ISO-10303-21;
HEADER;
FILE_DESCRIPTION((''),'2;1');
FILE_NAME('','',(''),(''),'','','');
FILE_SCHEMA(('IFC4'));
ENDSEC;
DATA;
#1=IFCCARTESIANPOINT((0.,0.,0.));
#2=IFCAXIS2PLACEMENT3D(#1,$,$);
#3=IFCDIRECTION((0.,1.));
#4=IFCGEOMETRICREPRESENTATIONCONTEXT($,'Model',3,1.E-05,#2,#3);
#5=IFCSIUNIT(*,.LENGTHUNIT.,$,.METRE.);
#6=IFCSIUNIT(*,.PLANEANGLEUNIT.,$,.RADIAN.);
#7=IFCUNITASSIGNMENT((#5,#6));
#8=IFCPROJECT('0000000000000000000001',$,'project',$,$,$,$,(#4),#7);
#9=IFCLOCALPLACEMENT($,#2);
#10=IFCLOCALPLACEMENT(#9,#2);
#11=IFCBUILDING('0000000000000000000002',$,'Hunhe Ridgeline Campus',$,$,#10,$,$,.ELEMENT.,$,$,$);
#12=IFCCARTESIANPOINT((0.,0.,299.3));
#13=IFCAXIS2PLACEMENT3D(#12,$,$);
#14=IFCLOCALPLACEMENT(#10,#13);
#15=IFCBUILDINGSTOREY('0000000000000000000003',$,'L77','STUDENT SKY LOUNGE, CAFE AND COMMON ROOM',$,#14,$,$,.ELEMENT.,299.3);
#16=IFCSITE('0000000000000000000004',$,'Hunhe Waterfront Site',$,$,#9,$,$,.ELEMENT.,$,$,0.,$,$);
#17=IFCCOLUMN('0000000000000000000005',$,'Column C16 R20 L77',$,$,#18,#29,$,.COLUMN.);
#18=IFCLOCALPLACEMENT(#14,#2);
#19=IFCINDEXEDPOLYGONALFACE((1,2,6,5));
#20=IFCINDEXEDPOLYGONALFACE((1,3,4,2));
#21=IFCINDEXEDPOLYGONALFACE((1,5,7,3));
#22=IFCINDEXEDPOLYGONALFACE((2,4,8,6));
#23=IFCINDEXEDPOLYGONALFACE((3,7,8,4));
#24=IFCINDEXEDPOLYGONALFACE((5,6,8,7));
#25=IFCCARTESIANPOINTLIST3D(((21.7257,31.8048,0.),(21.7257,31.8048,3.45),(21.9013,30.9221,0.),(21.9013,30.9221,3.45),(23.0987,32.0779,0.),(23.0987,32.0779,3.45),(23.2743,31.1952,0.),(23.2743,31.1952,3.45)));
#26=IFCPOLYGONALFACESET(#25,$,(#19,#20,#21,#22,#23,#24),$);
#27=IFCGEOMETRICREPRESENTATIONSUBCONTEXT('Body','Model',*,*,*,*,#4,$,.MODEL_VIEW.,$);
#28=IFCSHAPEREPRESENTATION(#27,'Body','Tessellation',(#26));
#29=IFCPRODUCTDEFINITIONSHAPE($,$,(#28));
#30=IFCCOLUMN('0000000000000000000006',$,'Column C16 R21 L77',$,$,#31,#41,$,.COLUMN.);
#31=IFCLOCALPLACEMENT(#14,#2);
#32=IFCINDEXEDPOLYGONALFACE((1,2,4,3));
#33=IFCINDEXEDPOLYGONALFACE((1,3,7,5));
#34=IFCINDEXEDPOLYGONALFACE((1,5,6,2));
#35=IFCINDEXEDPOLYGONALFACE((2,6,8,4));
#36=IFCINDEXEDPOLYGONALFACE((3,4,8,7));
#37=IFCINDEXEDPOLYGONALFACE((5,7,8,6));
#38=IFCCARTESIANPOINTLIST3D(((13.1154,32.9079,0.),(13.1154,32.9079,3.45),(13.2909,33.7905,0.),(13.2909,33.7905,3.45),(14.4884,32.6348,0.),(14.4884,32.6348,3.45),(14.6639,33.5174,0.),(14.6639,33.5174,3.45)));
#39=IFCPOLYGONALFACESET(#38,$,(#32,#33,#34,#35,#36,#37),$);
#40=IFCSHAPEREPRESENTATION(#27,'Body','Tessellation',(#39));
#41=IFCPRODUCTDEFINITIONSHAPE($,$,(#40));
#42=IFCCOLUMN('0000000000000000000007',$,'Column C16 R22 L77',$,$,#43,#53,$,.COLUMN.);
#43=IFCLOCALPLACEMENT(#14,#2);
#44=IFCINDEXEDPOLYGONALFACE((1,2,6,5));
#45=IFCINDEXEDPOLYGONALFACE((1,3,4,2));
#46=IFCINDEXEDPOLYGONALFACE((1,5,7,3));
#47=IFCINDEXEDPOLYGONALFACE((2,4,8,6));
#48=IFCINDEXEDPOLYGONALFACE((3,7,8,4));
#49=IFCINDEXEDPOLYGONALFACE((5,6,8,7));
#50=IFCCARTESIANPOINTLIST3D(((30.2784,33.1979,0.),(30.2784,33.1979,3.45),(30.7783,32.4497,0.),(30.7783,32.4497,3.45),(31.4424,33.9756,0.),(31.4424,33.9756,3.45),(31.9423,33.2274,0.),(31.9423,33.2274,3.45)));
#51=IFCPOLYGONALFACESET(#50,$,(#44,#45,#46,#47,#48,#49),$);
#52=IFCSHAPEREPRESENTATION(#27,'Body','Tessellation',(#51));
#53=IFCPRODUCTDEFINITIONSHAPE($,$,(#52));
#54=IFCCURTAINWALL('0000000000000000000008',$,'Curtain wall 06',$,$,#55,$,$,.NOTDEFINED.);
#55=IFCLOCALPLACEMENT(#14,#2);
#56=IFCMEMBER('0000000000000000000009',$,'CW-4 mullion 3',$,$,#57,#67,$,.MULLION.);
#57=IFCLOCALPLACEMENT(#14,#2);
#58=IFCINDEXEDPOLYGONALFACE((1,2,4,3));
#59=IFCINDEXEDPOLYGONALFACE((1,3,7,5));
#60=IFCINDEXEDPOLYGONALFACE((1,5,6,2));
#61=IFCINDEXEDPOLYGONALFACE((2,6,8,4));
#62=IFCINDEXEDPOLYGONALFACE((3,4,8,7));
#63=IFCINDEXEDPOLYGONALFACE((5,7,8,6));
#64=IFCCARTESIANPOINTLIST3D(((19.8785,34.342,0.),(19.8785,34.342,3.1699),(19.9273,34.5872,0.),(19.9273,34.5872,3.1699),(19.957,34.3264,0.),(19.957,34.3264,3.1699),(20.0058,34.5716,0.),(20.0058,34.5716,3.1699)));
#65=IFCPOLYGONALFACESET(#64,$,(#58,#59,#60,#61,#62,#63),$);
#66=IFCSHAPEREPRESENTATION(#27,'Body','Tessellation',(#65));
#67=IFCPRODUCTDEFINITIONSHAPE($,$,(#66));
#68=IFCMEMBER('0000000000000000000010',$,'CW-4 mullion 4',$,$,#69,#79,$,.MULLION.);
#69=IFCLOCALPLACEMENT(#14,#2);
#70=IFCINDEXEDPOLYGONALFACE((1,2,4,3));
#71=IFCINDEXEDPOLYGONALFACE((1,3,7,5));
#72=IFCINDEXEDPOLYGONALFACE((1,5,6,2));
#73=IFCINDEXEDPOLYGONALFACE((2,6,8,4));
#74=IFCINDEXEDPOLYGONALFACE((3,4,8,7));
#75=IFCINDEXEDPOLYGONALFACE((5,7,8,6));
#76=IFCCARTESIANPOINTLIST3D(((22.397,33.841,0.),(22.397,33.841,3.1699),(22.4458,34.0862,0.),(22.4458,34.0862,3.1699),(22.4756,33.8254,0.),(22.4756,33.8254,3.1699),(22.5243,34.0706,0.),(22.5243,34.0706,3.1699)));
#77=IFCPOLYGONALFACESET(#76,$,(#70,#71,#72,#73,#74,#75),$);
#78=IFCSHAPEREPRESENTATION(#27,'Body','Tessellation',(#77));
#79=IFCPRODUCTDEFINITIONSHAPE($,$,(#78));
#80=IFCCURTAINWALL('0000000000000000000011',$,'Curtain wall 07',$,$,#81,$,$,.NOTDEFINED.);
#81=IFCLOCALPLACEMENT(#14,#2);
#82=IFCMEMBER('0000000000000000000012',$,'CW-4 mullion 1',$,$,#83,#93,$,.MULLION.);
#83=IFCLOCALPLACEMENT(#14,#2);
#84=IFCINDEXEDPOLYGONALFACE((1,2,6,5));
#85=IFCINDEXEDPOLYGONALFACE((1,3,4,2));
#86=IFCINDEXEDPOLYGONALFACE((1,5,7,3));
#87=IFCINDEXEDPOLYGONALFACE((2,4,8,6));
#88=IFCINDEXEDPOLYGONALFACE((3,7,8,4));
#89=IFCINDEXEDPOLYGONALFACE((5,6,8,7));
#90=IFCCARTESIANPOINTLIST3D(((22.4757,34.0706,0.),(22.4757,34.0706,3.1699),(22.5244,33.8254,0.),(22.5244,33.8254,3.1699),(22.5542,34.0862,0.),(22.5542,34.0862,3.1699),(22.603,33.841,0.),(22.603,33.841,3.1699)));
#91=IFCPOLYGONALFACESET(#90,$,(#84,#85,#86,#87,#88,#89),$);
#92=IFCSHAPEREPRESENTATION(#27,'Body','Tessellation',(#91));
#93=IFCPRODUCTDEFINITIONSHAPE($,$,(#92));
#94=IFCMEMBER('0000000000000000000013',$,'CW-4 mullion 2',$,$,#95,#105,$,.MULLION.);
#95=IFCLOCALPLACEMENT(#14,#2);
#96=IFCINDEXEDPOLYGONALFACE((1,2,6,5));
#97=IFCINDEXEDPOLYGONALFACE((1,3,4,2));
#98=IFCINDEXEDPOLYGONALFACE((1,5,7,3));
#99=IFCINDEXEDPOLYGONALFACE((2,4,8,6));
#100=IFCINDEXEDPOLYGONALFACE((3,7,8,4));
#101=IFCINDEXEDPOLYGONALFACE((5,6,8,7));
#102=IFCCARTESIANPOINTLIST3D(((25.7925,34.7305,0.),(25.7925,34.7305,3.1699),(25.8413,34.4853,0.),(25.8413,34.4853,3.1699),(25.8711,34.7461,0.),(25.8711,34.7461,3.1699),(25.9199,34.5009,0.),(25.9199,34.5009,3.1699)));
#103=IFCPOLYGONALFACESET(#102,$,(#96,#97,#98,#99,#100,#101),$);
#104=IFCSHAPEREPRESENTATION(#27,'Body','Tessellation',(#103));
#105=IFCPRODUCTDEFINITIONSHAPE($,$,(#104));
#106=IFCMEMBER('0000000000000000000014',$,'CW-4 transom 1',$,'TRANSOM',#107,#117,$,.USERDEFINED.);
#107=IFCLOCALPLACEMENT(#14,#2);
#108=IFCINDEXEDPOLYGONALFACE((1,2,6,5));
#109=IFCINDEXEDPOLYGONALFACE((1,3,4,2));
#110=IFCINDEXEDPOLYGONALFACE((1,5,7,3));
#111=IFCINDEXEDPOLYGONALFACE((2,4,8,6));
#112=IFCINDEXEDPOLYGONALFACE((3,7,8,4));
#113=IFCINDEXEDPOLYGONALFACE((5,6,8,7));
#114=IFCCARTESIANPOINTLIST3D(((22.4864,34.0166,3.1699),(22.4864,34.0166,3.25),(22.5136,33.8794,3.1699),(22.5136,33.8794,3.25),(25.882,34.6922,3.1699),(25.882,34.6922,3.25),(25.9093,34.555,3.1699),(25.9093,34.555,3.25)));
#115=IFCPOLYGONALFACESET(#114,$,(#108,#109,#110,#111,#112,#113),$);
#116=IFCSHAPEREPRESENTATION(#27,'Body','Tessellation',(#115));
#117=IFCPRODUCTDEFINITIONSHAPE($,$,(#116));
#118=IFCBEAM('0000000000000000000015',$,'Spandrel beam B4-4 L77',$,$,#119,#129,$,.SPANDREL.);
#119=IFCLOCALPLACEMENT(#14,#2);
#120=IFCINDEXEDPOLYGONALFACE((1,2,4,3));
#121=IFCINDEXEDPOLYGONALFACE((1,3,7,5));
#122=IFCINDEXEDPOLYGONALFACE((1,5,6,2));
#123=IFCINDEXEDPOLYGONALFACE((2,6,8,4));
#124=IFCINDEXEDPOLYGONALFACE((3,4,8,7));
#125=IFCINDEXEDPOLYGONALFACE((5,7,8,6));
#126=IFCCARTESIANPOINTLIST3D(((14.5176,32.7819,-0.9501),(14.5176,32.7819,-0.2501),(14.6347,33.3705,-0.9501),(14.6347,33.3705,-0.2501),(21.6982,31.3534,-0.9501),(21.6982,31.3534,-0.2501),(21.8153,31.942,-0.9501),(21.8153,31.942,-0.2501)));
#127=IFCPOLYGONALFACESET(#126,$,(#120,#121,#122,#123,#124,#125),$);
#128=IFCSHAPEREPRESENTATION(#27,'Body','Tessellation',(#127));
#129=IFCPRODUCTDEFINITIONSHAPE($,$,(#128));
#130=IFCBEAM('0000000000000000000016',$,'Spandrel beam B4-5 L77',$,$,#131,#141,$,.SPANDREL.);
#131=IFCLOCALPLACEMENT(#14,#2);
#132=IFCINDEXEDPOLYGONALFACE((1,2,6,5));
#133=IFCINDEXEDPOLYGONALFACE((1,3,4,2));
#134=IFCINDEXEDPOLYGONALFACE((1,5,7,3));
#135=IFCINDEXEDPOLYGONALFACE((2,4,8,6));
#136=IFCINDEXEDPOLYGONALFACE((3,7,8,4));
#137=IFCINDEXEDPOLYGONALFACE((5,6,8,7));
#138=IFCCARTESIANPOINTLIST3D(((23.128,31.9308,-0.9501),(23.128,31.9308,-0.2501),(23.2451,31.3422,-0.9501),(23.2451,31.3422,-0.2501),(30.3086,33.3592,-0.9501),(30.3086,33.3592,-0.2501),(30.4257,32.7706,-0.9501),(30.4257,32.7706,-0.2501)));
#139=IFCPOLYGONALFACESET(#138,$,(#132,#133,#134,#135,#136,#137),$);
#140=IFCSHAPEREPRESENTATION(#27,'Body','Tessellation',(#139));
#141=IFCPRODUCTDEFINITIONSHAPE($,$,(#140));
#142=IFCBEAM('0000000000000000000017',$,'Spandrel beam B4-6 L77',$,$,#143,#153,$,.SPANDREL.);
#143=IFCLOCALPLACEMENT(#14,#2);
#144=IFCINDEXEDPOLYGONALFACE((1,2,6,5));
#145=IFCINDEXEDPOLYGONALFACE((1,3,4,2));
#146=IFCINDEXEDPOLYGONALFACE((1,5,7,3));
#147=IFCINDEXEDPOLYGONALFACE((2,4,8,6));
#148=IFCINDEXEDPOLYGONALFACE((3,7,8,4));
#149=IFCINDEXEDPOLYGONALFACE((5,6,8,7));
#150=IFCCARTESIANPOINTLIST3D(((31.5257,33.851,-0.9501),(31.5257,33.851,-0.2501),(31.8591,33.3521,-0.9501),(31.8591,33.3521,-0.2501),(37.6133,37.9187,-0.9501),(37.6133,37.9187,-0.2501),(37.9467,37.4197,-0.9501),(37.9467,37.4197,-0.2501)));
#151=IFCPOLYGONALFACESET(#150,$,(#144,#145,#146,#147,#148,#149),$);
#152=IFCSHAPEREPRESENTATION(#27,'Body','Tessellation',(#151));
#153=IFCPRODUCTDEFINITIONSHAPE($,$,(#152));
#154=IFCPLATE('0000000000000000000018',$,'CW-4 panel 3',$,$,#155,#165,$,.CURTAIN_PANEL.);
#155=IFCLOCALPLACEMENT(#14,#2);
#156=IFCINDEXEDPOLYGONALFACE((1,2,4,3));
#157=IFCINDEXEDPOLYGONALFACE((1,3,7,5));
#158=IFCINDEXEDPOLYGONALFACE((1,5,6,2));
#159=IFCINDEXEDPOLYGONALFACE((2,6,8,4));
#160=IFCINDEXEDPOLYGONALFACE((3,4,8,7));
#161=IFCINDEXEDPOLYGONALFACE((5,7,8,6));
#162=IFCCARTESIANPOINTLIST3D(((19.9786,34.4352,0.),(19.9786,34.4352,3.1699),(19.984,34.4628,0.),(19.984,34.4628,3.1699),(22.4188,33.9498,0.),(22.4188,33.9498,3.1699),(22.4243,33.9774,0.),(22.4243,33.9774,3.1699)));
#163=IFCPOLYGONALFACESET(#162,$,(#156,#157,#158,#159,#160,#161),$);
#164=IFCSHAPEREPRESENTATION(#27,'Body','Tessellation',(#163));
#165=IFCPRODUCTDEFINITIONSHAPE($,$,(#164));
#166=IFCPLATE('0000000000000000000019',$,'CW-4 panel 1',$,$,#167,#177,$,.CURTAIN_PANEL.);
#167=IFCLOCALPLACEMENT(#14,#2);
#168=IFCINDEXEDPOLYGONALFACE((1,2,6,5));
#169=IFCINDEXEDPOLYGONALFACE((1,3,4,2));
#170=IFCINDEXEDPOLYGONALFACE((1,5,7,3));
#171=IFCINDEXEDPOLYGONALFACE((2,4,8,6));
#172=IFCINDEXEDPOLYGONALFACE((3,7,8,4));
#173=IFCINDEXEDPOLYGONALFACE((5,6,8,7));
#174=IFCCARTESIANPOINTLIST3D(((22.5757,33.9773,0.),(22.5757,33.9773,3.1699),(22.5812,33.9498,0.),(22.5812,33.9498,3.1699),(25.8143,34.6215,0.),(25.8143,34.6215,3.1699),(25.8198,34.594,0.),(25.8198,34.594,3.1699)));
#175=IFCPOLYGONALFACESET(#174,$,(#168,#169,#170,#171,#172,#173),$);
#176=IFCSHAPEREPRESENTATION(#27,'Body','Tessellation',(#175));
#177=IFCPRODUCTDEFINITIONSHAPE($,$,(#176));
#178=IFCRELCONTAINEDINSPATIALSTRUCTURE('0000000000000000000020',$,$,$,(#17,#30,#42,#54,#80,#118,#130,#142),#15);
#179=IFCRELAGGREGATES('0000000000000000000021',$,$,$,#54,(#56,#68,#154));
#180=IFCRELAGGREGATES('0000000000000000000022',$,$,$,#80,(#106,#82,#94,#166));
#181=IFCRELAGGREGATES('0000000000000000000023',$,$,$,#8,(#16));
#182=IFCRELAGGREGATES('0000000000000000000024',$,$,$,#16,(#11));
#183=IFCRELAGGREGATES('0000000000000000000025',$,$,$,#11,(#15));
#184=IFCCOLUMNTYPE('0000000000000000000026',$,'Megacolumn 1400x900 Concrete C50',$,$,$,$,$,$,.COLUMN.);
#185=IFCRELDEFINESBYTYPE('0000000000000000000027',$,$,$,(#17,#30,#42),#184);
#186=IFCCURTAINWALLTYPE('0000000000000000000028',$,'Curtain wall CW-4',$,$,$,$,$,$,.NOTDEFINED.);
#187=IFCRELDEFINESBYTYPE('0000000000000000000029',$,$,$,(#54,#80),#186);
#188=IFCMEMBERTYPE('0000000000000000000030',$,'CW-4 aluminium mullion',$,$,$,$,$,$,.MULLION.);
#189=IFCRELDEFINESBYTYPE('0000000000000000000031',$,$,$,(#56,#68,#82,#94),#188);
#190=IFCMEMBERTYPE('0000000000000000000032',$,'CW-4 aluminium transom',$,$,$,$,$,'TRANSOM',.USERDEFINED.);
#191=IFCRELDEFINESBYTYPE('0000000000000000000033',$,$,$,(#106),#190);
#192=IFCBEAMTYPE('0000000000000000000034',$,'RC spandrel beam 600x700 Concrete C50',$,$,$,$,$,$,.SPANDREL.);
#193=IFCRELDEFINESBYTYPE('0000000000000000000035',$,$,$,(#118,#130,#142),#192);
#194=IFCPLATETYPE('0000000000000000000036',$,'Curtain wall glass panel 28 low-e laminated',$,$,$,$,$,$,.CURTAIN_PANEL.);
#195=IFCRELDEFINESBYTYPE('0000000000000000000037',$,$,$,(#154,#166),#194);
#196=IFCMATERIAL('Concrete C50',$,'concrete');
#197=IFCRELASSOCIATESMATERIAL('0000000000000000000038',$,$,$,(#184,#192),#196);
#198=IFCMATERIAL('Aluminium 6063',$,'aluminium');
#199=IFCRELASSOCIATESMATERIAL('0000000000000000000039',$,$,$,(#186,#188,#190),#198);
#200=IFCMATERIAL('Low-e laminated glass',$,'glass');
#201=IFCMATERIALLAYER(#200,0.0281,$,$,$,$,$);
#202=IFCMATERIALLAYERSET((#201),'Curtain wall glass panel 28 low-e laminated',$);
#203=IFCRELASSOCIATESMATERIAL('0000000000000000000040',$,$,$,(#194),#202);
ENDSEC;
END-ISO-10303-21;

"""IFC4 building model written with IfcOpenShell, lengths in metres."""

from ifc_helpers import new_model, si_unit, direction, frame, origin, origin_2d, place, context, subcontext, project, spatial, rectangle, extrude, material, layer, layer_set, material_profile, profile_set, type_object, element, aggregate, save


model = new_model("IFC4")

# Units and contexts
model_context = context("Model", 3, precision=1e-05, world=origin(), true_north=direction((0.0, 1.0)))
body_context = subcontext(model_context, "Body", "Model", "MODEL_VIEW")
ifc_project = project(units=[si_unit("LENGTHUNIT", "METRE"), si_unit("PLANEANGLEUNIT", "RADIAN")], contexts=[model_context])

# Site, building, storey
site_placement = place(None, origin())
site = spatial("IfcSite", under=ifc_project, at=site_placement, Name="Hunhe Waterfront Site", CompositionType="ELEMENT", RefElevation=0.0)
building_placement = place(site_placement, origin())
building = spatial("IfcBuilding", under=site, at=building_placement, Name="Hunhe Ridgeline Campus", CompositionType="ELEMENT")
storey_placement = place(building_placement, frame((0.0, 0.0, 299.3)))
storey = spatial("IfcBuildingStorey", under=building, at=storey_placement, Name="L77", Description="STUDENT SKY LOUNGE, CAFE AND COMMON ROOM", CompositionType="ELEMENT", Elevation=299.3)

# Columns
ifc_material_1 = material(Name="Concrete C50", Category="concrete")
ifc_material_profile_1 = material_profile(ifc_material_1, rectangle(XDim=1.3999, YDim=0.8999, at=origin_2d()))
ifc_profile_set_1 = profile_set([ifc_material_profile_1], Name="Concrete C50")
column_type = type_object("IfcColumnType", Name="Megacolumn 1400x900 Concrete C50", PredefinedType="COLUMN", material=ifc_profile_set_1)
for number, where, z_axis, x_axis, name in (
    (1, (22.5, 31.5, 0.0), (0.0, 0.0, 1.0), (0.980785, 0.19509, 0.0), "Column C16 R20 L77"),
    (2, (13.8896, 33.2126, 0.0), (0.0, 0.0, 1.0), (-0.980785, 0.19509, 0.0), "Column C16 R21 L77"),
    (3, (31.1104, 33.2126, 0.0), (0.0, 0.0, 1.0), (0.83147, 0.55557, 0.0), "Column C16 R22 L77"),
):
    element("IfcColumn", number, at=place(storey_placement, frame(where, z_axis=z_axis, x_axis=x_axis)), inside=storey, type_object=column_type, Name=name, PredefinedType="COLUMN", context=body_context, shape_type="SweptSolid", body=[
        extrude(rectangle(XDim=1.3999, YDim=0.8999, at=origin_2d()), origin(), (0.0, 0.0, 1.0), 3.45),
    ])

# Curtain walls, members
ifc_material_2 = material(Name="Aluminium 6063", Category="aluminium")
curtain_wall_type = type_object("IfcCurtainWallType", Name="Curtain wall CW-4", PredefinedType="NOTDEFINED", material=ifc_material_2)
curtain_wall_1_placement = place(storey_placement, origin())
curtain_wall_1 = element("IfcCurtainWall", 4, at=curtain_wall_1_placement, inside=storey, type_object=curtain_wall_type, Name="Curtain wall 06", PredefinedType="NOTDEFINED")
ifc_material_profile_2 = material_profile(ifc_material_2, rectangle(XDim=0.25, YDim=0.0801, at=origin_2d()))
ifc_profile_set_2 = profile_set([ifc_material_profile_2], Name="Aluminium 6063")
member_type_1 = type_object("IfcMemberType", Name="CW-4 aluminium mullion", PredefinedType="MULLION", material=ifc_profile_set_2)
member_1_placement = place(storey_placement, frame((19.9421, 34.4568, 0.0), z_axis=(0.0, 0.0, 1.0), x_axis=(0.19509, 0.980785, 0.0)))
member_1 = element("IfcMember", 5, at=member_1_placement, type_object=member_type_1, Name="CW-4 mullion 3", PredefinedType="MULLION", context=body_context, shape_type="SweptSolid", body=[
    extrude(rectangle(XDim=0.25, YDim=0.0801, at=origin_2d()), origin(), (0.0, 0.0, 1.0), 3.1699),
])
member_2_placement = place(storey_placement, frame((22.4607, 33.9558, 0.0), z_axis=(0.0, 0.0, 1.0), x_axis=(0.19509, 0.980785, 0.0)))
member_2 = element("IfcMember", 6, at=member_2_placement, type_object=member_type_1, Name="CW-4 mullion 4", PredefinedType="MULLION", context=body_context, shape_type="SweptSolid", body=[
    extrude(rectangle(XDim=0.25, YDim=0.0801, at=origin_2d()), origin(), (0.0, 0.0, 1.0), 3.1699),
])
curtain_wall_2_placement = place(storey_placement, origin())
curtain_wall_2 = element("IfcCurtainWall", 7, at=curtain_wall_2_placement, inside=storey, type_object=curtain_wall_type, Name="Curtain wall 07", PredefinedType="NOTDEFINED")
member_3_placement = place(storey_placement, frame((22.5393, 33.9558, 0.0), z_axis=(0.0, 0.0, 1.0), x_axis=(-0.19509, 0.980785, 0.0)))
member_3 = element("IfcMember", 8, at=member_3_placement, type_object=member_type_1, Name="CW-4 mullion 1", PredefinedType="MULLION", context=body_context, shape_type="SweptSolid", body=[
    extrude(rectangle(XDim=0.25, YDim=0.0801, at=origin_2d()), origin(), (0.0, 0.0, 1.0), 3.1699),
])
member_4_placement = place(storey_placement, frame((25.8562, 34.6157, 0.0), z_axis=(0.0, 0.0, 1.0), x_axis=(-0.19509, 0.980785, 0.0)))
member_4 = element("IfcMember", 9, at=member_4_placement, type_object=member_type_1, Name="CW-4 mullion 2", PredefinedType="MULLION", context=body_context, shape_type="SweptSolid", body=[
    extrude(rectangle(XDim=0.25, YDim=0.0801, at=origin_2d()), origin(), (0.0, 0.0, 1.0), 3.1699),
])
ifc_material_profile_3 = material_profile(ifc_material_2, rectangle(XDim=0.1399, YDim=0.0801, at=origin_2d()))
ifc_profile_set_3 = profile_set([ifc_material_profile_3], Name="Aluminium 6063")
member_type_2 = type_object("IfcMemberType", Name="CW-4 aluminium transom", ElementType="TRANSOM", PredefinedType="USERDEFINED", material=ifc_profile_set_3)
member_5_placement = place(storey_placement, frame((22.5, 33.948, 3.21), z_axis=(0.980778, 0.195126, 0.0), x_axis=(-0.195126, 0.980778, 0.0)))
member_5 = element("IfcMember", 10, at=member_5_placement, type_object=member_type_2, Name="CW-4 transom 1", ObjectType="TRANSOM", PredefinedType="USERDEFINED", context=body_context, shape_type="SweptSolid", body=[
    extrude(rectangle(XDim=0.1399, YDim=0.0801, at=origin_2d()), origin(), (0.0, 0.0, 1.0), 3.4622),
])

# Beams
ifc_material_profile_4 = material_profile(ifc_material_1, rectangle(XDim=0.6001, YDim=0.7, at=origin_2d()))
ifc_profile_set_4 = profile_set([ifc_material_profile_4], Name="Concrete C50")
beam_type = type_object("IfcBeamType", Name="RC spandrel beam 600x700 Concrete C50", PredefinedType="SPANDREL", material=ifc_profile_set_4)
for number, where, z_axis, x_axis, name in (
    (11, (14.5762, 33.0762, -0.6001), (0.980782, -0.195109, 0.0), (0.195109, 0.980782, 0.0), "Spandrel beam B4-4 L77"),
    (12, (23.1865, 31.6365, -0.6001), (0.980782, 0.195109, 0.0), (-0.195109, 0.980782, 0.0), "Spandrel beam B4-5 L77"),
):
    element("IfcBeam", number, at=place(storey_placement, frame(where, z_axis=z_axis, x_axis=x_axis)), inside=storey, type_object=beam_type, Name=name, PredefinedType="SPANDREL", context=body_context, shape_type="SweptSolid", body=[
        extrude(rectangle(XDim=0.6001, YDim=0.7, at=origin_2d()), origin(), (0.0, 0.0, 1.0), 7.3213),
    ])
beam_placement = place(storey_placement, frame((31.6924, 33.6016, -0.6001), z_axis=(0.83147, 0.555569, 0.0), x_axis=(-0.555569, 0.83147, 0.0)))
element("IfcBeam", 13, at=beam_placement, inside=storey, type_object=beam_type, Name="Spandrel beam B4-6 L77", PredefinedType="SPANDREL", context=body_context, shape_type="SweptSolid", body=[
    extrude(rectangle(XDim=0.6001, YDim=0.7, at=origin_2d()), origin(), (0.0, 0.0, 1.0), 7.3215),
])

# Plates
ifc_material_3 = material(Name="Low-e laminated glass", Category="glass")
ifc_layer_1 = layer(ifc_material_3, 0.0281)
ifc_layer_set_1 = layer_set([ifc_layer_1], Name="Curtain wall glass panel 28 low-e laminated")
plate_type = type_object("IfcPlateType", Name="Curtain wall glass panel 28 low-e laminated", PredefinedType="CURTAIN_PANEL", material=ifc_layer_set_1)
plate_1_placement = place(storey_placement, frame((21.2014, 34.2063, 0.0), z_axis=(0.0, 0.0, 1.0), x_axis=(0.980785, -0.19509, 0.0)))
plate_1 = element("IfcPlate", 14, at=plate_1_placement, type_object=plate_type, Name="CW-4 panel 3", PredefinedType="CURTAIN_PANEL", context=body_context, shape_type="SweptSolid", body=[
    extrude(rectangle(XDim=2.488, YDim=0.0281, at=origin_2d()), origin(), (0.0, 0.0, 1.0), 3.1699),
])
aggregate(curtain_wall_1, [member_1, member_2, plate_1])
plate_2_placement = place(storey_placement, frame((24.1978, 34.2856, 0.0), z_axis=(0.0, 0.0, 1.0), x_axis=(0.980785, 0.19509, 0.0)))
plate_2 = element("IfcPlate", 15, at=plate_2_placement, type_object=plate_type, Name="CW-4 panel 1", PredefinedType="CURTAIN_PANEL", context=body_context, shape_type="SweptSolid", body=[
    extrude(rectangle(XDim=3.302, YDim=0.0281, at=origin_2d()), origin(), (0.0, 0.0, 1.0), 3.1699),
])
aggregate(curtain_wall_2, [member_5, member_3, member_4, plate_2])

save(model, "model.ifc")
